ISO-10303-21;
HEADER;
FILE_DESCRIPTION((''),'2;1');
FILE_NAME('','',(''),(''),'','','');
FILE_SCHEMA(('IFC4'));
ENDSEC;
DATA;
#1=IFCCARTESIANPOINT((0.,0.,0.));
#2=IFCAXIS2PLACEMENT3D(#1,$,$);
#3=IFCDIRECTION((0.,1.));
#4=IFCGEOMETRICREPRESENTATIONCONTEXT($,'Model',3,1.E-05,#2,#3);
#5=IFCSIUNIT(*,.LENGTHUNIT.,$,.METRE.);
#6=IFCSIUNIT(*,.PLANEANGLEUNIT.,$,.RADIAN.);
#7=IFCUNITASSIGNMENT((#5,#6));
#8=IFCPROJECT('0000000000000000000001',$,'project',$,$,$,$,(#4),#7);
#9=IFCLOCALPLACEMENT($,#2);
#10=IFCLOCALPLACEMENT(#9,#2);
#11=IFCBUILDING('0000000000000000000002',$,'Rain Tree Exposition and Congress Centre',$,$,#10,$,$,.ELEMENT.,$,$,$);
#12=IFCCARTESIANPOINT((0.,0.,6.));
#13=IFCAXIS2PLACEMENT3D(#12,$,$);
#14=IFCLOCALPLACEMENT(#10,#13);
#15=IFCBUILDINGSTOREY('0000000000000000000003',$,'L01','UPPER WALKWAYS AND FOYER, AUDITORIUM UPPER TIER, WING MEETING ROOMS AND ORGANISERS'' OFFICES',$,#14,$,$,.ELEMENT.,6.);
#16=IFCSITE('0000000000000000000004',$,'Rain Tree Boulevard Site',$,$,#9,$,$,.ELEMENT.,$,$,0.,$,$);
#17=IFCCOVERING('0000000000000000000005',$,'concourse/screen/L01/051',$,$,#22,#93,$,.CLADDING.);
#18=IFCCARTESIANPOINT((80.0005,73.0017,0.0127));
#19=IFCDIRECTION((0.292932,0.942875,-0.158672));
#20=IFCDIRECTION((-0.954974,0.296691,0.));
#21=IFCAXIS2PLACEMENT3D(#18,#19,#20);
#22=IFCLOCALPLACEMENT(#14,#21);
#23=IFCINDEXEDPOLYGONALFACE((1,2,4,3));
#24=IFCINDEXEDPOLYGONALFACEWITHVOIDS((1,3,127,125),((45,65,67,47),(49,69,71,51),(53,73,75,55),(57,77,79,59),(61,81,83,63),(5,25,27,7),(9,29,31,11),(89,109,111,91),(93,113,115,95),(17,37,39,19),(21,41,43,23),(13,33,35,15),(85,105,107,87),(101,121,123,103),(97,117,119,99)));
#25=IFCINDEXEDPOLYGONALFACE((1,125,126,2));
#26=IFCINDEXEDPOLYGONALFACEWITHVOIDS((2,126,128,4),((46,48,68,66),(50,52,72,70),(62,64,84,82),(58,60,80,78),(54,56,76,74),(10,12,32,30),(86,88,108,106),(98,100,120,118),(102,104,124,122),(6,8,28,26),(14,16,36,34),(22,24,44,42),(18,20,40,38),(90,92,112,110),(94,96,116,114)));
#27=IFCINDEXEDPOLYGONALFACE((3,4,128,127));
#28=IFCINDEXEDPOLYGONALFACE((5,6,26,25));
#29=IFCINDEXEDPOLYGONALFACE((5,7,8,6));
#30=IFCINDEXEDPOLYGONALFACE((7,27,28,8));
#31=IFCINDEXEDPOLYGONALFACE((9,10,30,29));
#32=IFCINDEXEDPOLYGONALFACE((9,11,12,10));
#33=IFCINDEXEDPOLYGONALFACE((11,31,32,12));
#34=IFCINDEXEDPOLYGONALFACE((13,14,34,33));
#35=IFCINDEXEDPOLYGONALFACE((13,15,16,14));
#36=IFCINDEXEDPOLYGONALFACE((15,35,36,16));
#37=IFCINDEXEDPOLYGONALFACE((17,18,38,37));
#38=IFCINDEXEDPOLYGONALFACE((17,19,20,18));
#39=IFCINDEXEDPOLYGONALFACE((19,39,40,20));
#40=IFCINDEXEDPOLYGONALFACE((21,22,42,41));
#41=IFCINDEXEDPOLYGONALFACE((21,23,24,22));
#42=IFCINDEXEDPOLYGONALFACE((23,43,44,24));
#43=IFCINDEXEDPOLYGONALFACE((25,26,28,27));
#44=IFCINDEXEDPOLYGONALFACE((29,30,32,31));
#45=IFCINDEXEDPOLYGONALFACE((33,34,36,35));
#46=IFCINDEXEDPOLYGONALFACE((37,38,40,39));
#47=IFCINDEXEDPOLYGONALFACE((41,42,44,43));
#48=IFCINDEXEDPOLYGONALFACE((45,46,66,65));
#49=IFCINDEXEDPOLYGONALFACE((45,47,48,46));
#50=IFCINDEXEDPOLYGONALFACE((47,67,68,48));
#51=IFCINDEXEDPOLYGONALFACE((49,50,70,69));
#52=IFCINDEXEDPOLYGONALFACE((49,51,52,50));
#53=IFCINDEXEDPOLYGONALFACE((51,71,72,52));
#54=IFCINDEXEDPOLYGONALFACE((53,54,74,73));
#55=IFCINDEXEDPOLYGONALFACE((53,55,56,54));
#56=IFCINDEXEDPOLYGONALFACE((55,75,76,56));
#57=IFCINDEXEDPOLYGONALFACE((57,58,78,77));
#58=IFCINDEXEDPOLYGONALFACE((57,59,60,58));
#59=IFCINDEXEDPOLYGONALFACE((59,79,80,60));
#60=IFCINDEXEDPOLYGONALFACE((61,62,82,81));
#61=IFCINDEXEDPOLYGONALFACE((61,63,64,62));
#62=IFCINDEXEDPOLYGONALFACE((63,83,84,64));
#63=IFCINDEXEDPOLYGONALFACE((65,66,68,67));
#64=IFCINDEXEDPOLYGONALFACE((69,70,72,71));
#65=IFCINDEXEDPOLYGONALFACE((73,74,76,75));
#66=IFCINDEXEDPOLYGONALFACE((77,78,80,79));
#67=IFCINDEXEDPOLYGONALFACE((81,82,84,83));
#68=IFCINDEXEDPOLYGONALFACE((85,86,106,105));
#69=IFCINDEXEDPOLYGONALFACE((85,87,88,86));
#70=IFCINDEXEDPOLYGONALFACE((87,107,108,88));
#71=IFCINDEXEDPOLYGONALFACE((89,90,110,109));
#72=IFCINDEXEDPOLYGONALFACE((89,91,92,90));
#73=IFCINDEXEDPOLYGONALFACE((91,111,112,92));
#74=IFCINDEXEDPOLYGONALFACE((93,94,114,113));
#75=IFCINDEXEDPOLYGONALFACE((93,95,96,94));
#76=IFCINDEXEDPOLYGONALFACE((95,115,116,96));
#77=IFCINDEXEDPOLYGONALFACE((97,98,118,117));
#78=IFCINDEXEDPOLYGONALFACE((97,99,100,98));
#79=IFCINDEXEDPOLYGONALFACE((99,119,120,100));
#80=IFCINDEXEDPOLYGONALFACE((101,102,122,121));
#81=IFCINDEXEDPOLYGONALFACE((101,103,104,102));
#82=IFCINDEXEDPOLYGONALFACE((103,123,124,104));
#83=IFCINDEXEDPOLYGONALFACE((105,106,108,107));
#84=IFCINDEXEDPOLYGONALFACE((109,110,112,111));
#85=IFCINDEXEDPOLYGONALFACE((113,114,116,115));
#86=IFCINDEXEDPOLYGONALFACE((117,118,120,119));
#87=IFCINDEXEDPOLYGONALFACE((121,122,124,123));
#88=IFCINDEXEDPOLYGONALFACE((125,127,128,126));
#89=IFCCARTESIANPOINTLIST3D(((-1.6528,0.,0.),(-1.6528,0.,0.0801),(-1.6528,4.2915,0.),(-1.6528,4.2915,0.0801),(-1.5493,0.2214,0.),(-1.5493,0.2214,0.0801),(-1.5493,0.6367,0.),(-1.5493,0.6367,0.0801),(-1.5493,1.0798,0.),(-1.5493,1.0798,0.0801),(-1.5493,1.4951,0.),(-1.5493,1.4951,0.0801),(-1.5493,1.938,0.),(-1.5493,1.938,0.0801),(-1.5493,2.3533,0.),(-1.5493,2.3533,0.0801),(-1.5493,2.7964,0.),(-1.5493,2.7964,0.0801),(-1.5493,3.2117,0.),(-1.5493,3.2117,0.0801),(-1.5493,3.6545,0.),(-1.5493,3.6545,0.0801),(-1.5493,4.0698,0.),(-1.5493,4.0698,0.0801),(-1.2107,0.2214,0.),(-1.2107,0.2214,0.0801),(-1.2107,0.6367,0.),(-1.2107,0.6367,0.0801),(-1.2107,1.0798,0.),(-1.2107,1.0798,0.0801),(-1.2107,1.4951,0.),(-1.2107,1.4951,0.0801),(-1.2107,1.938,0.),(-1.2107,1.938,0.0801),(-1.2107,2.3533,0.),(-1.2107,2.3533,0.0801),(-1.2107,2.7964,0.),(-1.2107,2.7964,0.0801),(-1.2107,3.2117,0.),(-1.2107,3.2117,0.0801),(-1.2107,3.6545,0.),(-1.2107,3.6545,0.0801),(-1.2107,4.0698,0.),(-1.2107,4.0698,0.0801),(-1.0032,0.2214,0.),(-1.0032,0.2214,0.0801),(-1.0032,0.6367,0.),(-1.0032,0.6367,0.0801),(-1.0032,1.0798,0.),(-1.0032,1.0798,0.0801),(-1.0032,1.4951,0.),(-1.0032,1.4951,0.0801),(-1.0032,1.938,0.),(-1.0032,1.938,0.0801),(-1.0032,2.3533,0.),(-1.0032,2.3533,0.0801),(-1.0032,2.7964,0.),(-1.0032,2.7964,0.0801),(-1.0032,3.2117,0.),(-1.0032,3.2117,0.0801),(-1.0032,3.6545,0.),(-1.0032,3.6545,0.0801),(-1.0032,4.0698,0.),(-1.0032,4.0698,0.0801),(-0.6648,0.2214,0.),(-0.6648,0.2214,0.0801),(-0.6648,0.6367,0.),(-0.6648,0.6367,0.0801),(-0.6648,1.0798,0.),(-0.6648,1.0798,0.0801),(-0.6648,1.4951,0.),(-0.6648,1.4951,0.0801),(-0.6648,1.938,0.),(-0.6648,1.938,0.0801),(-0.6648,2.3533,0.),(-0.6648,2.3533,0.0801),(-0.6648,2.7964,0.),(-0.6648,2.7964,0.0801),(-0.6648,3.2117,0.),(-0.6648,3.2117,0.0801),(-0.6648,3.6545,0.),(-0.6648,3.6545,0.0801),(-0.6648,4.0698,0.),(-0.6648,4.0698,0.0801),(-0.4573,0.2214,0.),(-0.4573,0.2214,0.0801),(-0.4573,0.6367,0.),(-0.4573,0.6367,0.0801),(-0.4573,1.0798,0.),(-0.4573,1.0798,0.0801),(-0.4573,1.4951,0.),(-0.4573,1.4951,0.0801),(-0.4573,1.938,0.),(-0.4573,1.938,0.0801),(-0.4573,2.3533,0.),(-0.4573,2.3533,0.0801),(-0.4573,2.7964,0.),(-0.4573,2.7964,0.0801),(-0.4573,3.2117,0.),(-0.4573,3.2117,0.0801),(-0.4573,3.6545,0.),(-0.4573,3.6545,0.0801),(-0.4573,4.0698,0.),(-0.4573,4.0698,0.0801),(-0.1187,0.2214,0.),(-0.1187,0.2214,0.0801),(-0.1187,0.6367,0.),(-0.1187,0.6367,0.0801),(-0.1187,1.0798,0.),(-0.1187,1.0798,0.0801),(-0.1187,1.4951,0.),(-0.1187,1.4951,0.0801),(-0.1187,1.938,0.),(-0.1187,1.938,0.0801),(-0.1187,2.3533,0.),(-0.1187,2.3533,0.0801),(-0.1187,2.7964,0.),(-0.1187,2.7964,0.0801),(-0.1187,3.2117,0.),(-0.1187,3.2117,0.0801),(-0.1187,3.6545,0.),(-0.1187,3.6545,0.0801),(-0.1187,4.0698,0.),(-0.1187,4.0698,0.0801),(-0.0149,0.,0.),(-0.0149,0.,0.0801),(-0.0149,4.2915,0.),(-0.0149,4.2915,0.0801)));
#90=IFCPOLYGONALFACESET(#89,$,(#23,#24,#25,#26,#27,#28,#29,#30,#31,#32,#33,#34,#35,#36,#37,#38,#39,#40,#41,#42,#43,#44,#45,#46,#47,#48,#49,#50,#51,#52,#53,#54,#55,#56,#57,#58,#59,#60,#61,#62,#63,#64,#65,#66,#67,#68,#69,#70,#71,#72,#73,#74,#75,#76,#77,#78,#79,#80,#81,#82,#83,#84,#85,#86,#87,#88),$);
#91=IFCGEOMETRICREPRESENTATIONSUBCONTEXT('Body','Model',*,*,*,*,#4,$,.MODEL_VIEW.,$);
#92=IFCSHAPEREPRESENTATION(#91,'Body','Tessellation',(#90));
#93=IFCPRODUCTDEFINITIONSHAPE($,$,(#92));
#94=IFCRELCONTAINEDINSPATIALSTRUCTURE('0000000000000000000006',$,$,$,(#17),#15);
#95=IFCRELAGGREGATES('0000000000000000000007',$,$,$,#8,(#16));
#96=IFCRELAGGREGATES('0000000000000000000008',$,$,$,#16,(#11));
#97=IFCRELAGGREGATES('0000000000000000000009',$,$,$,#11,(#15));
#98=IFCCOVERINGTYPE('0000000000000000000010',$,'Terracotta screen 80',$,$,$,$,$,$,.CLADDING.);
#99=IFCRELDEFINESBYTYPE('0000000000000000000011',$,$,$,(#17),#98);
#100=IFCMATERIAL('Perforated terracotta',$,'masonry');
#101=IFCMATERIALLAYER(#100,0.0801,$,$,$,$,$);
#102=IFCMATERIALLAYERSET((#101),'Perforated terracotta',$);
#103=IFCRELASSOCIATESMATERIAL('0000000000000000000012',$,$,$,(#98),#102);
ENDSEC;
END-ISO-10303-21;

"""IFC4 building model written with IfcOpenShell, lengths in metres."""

from ifc_helpers import new_model, si_unit, direction, frame, origin, place, context, subcontext, project, spatial, polyline, outline, extrude, material, layer, layer_set, type_object, element, save


model = new_model("IFC4")

# Units and contexts
model_context = context("Model", 3, precision=1e-05, world=origin(), true_north=direction((0.0, 1.0)))
body_context = subcontext(model_context, "Body", "Model", "MODEL_VIEW")
ifc_project = project(units=[si_unit("LENGTHUNIT", "METRE"), si_unit("PLANEANGLEUNIT", "RADIAN")], contexts=[model_context])

# Site, building, storey
site_placement = place(None, origin())
site = spatial("IfcSite", under=ifc_project, at=site_placement, Name="Rain Tree Boulevard Site", CompositionType="ELEMENT", RefElevation=0.0)
building_placement = place(site_placement, origin())
building = spatial("IfcBuilding", under=site, at=building_placement, Name="Rain Tree Exposition and Congress Centre", CompositionType="ELEMENT")
storey_placement = place(building_placement, frame((0.0, 0.0, 6.0)))
storey = spatial("IfcBuildingStorey", under=building, at=storey_placement, Name="L01", Description="UPPER WALKWAYS AND FOYER, AUDITORIUM UPPER TIER, WING MEETING ROOMS AND ORGANISERS' OFFICES", CompositionType="ELEMENT", Elevation=6.0)

# Covering
ifc_material_1 = material(Name="Perforated terracotta", Category="masonry")
ifc_layer = layer(ifc_material_1, 0.0801)
ifc_layer_set = layer_set([ifc_layer], Name="Perforated terracotta")
covering_type = type_object("IfcCoveringType", Name="Terracotta screen 80", PredefinedType="CLADDING", material=ifc_layer_set)
covering_1_placement = place(storey_placement, frame((80.0005, 73.0017, 0.0127), z_axis=(0.292932, 0.942875, -0.158672), x_axis=(-0.954974, 0.296691, 0.0)))
element("IfcCovering", 1, at=covering_1_placement, inside=storey, type_object=covering_type, Name="concourse/screen/L01/051", PredefinedType="CLADDING", context=body_context, shape_type="SweptSolid", body=[
    extrude(outline(polyline([(-1.6528, 0.0), (-1.6528, 4.2915), (-0.0149, 4.2915), (-0.0149, 0.0), (-1.6528, 0.0)]), holes=[polyline([(-0.1187, 0.2214), (-0.1187, 0.6367), (-0.4573, 0.6367), (-0.4573, 0.2214), (-0.1187, 0.2214)]), polyline([(-0.1187, 1.0798), (-0.1187, 1.4951), (-0.4573, 1.4951), (-0.4573, 1.0798), (-0.1187, 1.0798)]), polyline([(-0.1187, 1.938), (-0.1187, 2.3533), (-0.4573, 2.3533), (-0.4573, 1.938), (-0.1187, 1.938)]), polyline([(-0.1187, 2.7964), (-0.1187, 3.2117), (-0.4573, 3.2117), (-0.4573, 2.7964), (-0.1187, 2.7964)]), polyline([(-0.1187, 3.6545), (-0.1187, 4.0698), (-0.4573, 4.0698), (-0.4573, 3.6545), (-0.1187, 3.6545)]), polyline([(-0.6648, 0.2214), (-0.6648, 0.6367), (-1.0032, 0.6367), (-1.0032, 0.2214), (-0.6648, 0.2214)]), polyline([(-0.6648, 1.0798), (-0.6648, 1.4951), (-1.0032, 1.4951), (-1.0032, 1.0798), (-0.6648, 1.0798)]), polyline([(-0.6648, 1.938), (-0.6648, 2.3533), (-1.0032, 2.3533), (-1.0032, 1.938), (-0.6648, 1.938)]), polyline([(-0.6648, 2.7964), (-0.6648, 3.2117), (-1.0032, 3.2117), (-1.0032, 2.7964), (-0.6648, 2.7964)]), polyline([(-0.6648, 3.6545), (-0.6648, 4.0698), (-1.0032, 4.0698), (-1.0032, 3.6545), (-0.6648, 3.6545)]), polyline([(-1.2107, 0.2214), (-1.2107, 0.6367), (-1.5493, 0.6367), (-1.5493, 0.2214), (-1.2107, 0.2214)]), polyline([(-1.2107, 1.0798), (-1.2107, 1.4951), (-1.5493, 1.4951), (-1.5493, 1.0798), (-1.2107, 1.0798)]), polyline([(-1.2107, 1.938), (-1.2107, 2.3533), (-1.5493, 2.3533), (-1.5493, 1.938), (-1.2107, 1.938)]), polyline([(-1.2107, 2.7964), (-1.2107, 3.2117), (-1.5493, 3.2117), (-1.5493, 2.7964), (-1.2107, 2.7964)]), polyline([(-1.2107, 3.6545), (-1.2107, 4.0698), (-1.5493, 4.0698), (-1.5493, 3.6545), (-1.2107, 3.6545)])]), origin(), (0.0, 0.0, 1.0), 0.0801),
])

save(model, "model.ifc")
